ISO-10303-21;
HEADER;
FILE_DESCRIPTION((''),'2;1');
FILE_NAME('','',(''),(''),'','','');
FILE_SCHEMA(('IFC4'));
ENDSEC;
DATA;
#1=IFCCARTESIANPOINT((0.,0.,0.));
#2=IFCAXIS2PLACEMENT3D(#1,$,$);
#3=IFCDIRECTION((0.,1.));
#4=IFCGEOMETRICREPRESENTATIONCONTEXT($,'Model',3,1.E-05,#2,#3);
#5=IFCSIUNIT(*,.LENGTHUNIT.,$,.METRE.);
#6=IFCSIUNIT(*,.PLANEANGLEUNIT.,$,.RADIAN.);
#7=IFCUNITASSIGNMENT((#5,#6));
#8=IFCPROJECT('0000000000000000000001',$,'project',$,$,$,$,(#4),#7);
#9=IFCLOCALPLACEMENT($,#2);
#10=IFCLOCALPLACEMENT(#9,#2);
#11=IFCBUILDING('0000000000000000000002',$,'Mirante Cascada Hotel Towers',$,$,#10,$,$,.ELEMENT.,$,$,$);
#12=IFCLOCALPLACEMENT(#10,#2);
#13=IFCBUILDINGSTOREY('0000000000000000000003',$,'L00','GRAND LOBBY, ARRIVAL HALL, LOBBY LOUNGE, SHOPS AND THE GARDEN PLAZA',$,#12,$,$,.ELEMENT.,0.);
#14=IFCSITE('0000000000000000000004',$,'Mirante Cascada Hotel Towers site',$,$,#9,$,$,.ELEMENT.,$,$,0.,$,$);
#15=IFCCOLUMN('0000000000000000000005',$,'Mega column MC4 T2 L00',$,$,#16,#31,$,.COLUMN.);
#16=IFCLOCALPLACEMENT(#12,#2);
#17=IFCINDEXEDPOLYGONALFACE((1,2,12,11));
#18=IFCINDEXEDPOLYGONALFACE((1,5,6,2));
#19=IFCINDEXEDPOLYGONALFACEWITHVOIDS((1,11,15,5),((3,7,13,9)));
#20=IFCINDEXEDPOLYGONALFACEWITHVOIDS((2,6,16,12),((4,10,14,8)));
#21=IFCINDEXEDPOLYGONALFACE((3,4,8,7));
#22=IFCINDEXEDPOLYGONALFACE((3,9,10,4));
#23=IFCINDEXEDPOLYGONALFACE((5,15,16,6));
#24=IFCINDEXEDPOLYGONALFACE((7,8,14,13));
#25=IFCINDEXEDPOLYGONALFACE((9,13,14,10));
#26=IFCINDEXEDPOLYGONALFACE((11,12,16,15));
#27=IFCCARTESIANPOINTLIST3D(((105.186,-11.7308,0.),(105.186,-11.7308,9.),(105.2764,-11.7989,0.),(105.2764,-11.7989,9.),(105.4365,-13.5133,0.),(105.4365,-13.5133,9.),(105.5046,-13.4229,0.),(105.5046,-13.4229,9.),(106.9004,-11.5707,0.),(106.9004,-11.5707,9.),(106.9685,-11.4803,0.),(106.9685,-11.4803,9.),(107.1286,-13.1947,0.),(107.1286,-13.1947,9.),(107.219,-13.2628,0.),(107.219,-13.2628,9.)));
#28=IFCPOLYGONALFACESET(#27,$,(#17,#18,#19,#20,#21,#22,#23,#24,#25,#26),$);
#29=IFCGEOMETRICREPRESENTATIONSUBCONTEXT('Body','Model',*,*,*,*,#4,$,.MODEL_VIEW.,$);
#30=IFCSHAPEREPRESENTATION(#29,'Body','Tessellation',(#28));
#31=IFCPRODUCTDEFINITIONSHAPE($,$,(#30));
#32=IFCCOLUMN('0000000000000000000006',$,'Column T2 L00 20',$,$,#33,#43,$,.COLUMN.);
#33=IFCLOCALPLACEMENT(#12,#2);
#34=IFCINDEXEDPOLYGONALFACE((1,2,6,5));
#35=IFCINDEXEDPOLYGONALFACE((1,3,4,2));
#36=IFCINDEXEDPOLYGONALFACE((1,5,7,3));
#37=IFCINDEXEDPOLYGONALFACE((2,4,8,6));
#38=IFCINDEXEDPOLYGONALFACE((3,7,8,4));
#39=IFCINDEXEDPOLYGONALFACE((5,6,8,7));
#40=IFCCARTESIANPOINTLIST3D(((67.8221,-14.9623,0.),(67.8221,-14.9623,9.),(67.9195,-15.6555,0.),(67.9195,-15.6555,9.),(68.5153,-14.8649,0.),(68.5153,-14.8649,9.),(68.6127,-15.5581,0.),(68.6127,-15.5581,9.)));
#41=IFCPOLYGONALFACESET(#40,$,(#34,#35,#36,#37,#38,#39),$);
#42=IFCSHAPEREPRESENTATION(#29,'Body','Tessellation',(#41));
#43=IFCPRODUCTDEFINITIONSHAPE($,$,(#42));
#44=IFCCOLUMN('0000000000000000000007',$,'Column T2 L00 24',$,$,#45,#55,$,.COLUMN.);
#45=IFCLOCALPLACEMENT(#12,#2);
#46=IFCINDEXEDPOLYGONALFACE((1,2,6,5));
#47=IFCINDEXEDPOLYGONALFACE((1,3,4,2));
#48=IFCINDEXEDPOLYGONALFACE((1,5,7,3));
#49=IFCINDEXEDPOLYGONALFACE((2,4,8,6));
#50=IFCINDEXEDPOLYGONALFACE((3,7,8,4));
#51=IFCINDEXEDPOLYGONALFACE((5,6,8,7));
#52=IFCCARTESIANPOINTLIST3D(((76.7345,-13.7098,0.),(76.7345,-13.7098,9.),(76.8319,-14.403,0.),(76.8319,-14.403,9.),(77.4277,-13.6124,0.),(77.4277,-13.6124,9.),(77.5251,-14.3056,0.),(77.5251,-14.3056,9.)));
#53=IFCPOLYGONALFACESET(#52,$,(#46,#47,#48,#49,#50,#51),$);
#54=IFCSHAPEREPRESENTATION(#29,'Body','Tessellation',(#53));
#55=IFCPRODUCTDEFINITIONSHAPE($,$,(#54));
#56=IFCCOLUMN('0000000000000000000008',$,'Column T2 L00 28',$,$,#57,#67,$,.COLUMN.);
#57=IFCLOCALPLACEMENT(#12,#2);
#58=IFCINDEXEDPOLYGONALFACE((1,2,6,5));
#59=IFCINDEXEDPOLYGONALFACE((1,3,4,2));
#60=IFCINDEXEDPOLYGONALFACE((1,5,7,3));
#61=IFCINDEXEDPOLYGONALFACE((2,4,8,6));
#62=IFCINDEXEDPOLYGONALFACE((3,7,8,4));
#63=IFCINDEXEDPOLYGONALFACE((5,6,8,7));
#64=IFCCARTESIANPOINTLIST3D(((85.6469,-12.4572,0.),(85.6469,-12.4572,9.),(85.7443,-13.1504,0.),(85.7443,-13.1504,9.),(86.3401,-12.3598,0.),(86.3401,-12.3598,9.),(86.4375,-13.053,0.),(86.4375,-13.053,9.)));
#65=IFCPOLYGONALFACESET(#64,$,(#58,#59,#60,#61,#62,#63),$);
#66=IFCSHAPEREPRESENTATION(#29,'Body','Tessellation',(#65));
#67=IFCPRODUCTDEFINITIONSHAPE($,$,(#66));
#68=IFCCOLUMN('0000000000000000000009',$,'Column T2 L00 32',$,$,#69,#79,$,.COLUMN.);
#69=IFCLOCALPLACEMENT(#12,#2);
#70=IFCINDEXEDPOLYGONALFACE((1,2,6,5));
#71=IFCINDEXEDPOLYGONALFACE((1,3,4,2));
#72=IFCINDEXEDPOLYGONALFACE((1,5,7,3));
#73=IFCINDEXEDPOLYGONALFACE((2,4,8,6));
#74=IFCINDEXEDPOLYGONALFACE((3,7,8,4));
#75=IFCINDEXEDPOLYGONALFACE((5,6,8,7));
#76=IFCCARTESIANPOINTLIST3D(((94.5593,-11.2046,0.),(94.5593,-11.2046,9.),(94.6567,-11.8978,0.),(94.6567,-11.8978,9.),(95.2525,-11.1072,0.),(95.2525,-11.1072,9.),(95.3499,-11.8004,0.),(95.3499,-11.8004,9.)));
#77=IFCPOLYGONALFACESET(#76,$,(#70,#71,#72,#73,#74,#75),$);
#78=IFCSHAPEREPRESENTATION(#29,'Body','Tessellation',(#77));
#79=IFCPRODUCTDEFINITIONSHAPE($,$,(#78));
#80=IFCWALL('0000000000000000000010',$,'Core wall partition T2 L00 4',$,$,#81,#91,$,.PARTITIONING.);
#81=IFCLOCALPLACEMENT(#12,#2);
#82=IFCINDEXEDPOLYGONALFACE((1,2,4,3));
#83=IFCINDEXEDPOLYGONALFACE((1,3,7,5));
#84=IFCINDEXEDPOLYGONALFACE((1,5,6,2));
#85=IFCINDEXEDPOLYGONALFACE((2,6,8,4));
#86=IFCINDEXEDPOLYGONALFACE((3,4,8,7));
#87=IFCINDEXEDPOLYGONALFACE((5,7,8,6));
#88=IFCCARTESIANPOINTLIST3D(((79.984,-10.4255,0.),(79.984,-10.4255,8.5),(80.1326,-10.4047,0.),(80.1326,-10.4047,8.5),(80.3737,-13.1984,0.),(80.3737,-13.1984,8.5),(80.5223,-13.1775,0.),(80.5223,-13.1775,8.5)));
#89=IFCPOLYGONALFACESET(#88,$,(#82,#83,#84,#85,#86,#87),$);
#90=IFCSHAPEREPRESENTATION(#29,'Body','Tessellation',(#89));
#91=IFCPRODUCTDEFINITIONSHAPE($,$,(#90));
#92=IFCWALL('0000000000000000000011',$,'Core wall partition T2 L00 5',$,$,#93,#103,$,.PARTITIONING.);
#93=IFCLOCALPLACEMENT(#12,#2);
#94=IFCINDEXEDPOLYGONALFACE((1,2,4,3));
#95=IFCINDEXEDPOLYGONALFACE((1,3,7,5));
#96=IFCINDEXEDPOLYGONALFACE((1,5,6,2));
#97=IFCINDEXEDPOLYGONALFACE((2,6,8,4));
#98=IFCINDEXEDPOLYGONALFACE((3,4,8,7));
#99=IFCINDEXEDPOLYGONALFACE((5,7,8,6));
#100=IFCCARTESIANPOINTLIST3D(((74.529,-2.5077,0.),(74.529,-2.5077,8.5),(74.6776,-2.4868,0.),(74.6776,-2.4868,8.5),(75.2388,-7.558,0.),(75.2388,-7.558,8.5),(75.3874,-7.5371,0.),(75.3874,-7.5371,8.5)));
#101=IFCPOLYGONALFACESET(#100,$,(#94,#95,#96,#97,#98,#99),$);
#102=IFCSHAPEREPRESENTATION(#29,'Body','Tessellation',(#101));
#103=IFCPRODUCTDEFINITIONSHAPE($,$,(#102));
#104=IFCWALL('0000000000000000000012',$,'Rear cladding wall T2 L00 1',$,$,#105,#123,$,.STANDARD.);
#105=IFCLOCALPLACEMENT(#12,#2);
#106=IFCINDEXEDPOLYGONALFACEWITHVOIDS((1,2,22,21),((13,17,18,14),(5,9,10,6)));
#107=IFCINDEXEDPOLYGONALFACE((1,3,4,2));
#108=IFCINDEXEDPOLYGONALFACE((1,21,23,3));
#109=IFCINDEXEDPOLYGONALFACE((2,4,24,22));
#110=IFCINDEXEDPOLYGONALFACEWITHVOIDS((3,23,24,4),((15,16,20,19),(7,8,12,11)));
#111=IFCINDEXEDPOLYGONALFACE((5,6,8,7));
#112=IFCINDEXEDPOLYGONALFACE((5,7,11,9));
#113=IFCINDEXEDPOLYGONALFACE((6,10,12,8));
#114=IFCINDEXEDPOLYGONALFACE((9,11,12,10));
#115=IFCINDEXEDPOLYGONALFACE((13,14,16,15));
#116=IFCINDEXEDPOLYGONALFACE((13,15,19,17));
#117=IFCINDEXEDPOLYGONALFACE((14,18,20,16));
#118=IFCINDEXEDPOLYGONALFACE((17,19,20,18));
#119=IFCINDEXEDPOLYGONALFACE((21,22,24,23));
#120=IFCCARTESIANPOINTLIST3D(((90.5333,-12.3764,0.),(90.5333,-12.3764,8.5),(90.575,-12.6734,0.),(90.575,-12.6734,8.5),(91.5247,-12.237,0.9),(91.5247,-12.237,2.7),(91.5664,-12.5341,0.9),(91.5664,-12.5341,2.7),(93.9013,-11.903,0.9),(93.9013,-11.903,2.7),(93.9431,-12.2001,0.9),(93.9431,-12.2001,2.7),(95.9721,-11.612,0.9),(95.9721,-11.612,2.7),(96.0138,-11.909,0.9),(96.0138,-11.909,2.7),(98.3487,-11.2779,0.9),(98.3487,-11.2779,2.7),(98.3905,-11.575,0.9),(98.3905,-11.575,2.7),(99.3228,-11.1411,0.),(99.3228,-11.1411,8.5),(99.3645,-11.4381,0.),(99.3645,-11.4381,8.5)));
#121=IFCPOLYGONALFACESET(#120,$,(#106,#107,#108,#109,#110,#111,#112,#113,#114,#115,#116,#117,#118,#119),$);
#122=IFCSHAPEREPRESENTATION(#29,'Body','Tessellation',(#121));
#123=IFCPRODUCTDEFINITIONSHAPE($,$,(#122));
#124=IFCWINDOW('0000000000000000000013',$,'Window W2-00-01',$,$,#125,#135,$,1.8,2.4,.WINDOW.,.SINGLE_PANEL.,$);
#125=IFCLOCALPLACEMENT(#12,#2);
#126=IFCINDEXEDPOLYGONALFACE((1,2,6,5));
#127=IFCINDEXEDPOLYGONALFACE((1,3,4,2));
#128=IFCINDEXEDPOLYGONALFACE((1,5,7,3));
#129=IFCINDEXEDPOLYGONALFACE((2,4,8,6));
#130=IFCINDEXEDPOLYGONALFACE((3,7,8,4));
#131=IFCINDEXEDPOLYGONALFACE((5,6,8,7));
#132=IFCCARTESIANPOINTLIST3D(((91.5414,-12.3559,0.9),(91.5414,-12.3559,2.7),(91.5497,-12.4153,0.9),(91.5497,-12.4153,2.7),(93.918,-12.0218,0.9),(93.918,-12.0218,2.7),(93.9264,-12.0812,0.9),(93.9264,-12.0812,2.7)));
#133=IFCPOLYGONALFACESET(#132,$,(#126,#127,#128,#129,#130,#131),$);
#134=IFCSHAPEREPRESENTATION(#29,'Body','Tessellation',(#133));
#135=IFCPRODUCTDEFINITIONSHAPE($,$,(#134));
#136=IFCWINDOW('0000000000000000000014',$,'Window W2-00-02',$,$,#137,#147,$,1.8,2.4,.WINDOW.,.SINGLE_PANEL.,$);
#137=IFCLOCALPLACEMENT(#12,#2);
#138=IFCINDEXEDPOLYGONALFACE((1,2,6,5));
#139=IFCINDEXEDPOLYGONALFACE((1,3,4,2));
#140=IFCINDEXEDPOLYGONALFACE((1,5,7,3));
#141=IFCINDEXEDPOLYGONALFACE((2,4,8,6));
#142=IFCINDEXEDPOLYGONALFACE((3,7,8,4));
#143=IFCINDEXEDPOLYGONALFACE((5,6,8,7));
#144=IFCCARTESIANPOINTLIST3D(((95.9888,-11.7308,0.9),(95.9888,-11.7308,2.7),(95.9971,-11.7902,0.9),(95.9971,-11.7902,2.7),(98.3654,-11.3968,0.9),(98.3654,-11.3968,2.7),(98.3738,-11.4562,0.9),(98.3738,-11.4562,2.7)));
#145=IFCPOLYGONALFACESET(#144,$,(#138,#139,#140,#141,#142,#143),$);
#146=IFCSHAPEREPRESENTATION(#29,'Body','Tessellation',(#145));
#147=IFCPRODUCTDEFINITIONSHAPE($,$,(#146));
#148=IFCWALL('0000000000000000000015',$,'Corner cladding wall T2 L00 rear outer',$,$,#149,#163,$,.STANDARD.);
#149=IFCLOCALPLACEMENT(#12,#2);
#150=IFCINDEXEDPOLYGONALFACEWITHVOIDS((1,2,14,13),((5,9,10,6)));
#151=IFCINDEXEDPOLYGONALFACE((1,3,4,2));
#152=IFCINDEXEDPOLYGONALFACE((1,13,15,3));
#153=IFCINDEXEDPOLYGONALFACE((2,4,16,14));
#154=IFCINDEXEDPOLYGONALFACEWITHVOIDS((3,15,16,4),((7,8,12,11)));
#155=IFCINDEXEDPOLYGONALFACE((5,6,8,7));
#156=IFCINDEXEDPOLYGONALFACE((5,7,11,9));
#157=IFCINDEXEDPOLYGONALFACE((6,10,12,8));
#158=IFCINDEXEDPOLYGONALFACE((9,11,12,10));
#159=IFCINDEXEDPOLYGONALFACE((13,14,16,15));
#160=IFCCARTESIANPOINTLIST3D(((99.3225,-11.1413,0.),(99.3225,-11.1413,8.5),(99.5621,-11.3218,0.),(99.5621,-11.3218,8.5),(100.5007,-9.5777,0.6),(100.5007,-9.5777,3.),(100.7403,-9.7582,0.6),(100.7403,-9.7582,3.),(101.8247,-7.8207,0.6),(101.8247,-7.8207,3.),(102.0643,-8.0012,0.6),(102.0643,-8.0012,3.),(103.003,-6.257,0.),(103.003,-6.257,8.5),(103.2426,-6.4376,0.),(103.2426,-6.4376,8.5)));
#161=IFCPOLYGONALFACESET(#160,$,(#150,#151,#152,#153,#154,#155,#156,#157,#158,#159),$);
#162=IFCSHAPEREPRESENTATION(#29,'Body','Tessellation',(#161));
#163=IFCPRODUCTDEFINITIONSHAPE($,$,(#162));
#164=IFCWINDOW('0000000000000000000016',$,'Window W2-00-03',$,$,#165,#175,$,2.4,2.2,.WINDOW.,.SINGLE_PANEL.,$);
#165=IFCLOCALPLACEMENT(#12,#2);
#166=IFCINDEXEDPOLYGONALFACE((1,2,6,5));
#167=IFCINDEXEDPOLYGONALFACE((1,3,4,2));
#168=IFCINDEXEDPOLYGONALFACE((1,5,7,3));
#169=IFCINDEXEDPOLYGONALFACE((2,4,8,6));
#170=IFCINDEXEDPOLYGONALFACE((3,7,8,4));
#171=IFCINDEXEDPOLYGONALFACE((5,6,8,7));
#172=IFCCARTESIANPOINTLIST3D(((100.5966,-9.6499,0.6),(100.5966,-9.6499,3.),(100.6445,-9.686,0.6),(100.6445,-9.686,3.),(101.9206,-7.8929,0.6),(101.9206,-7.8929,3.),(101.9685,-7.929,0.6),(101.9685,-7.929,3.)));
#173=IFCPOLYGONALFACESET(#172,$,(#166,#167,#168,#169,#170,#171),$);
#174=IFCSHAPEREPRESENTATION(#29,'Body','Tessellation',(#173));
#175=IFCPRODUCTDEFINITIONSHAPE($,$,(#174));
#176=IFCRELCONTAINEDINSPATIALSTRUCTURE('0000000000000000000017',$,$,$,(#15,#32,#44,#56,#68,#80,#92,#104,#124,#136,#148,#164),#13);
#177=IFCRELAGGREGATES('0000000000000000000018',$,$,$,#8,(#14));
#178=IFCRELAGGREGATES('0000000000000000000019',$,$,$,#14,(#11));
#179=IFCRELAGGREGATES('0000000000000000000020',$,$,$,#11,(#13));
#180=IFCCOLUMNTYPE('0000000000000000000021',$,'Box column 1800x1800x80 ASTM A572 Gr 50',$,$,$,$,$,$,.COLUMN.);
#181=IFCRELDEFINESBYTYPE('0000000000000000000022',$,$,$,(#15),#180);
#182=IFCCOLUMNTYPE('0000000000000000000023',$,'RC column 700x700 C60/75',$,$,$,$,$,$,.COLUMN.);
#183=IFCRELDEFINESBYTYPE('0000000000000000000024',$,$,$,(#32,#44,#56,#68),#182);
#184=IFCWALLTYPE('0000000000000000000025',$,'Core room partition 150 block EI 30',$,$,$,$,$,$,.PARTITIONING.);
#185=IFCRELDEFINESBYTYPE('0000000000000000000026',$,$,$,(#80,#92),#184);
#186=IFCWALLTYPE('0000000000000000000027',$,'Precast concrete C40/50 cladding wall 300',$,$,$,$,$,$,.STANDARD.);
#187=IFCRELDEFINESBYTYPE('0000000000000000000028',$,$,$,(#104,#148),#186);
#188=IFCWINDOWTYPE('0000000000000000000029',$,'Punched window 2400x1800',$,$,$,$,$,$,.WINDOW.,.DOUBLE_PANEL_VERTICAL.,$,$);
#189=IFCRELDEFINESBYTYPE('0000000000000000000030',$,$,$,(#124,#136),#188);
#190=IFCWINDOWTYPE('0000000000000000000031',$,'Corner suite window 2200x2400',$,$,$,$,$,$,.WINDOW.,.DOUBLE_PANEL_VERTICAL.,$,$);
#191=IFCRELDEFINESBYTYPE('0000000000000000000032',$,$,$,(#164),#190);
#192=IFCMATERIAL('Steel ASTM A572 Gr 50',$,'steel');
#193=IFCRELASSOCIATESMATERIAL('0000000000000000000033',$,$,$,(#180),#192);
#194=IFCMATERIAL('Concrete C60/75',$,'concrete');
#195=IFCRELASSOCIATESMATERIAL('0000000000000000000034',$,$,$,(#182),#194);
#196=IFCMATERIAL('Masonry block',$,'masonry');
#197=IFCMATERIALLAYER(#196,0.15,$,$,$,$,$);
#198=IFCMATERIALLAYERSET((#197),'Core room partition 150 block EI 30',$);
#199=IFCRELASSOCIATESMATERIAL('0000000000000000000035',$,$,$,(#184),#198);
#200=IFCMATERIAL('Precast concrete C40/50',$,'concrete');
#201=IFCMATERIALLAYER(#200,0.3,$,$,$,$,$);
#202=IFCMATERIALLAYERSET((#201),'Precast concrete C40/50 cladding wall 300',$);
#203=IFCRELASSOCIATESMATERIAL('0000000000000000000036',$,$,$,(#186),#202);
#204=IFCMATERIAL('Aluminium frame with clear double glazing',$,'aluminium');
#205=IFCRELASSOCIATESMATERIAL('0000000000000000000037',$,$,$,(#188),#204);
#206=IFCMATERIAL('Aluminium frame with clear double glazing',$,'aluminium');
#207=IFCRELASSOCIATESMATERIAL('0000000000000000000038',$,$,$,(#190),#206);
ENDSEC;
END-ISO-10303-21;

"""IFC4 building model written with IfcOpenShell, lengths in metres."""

from ifc_helpers import new_model, si_unit, direction, frame, frame_2d, origin, origin_2d, place, context, subcontext, project, spatial, rectangle, hollow_rectangle, extrude, material, layer, layer_set, material_profile, profile_set, type_object, element, fill, save


model = new_model("IFC4")

# Units and contexts
model_context = context("Model", 3, precision=1e-05, world=origin(), true_north=direction((0.0, 1.0)))
body_context = subcontext(model_context, "Body", "Model", "MODEL_VIEW")
ifc_project = project(units=[si_unit("LENGTHUNIT", "METRE"), si_unit("PLANEANGLEUNIT", "RADIAN")], contexts=[model_context])

# Site, building, storey
site_placement = place(None, origin())
site = spatial("IfcSite", under=ifc_project, at=site_placement, Name="Mirante Cascada Hotel Towers site", CompositionType="ELEMENT", RefElevation=0.0)
building_placement = place(site_placement, origin())
building = spatial("IfcBuilding", under=site, at=building_placement, Name="Mirante Cascada Hotel Towers", CompositionType="ELEMENT")
storey_placement = place(building_placement, origin())
storey = spatial("IfcBuildingStorey", under=building, at=storey_placement, Name="L00", Description="GRAND LOBBY, ARRIVAL HALL, LOBBY LOUNGE, SHOPS AND THE GARDEN PLAZA", CompositionType="ELEMENT", Elevation=0.0)

# Columns
ifc_material_1 = material(Name="Steel ASTM A572 Gr 50", Category="steel")
ifc_material_profile_1 = material_profile(ifc_material_1, hollow_rectangle(XDim=1.8, YDim=1.8, WallThickness=0.08, at=origin_2d()), Name="Box column 1800x1800x80 ASTM A572 Gr 50")
ifc_profile_set_1 = profile_set([ifc_material_profile_1], Name="Steel ASTM A572 Gr 50")
column_type_1 = type_object("IfcColumnType", Name="Box column 1800x1800x80 ASTM A572 Gr 50", PredefinedType="COLUMN", material=ifc_profile_set_1)
column_placement = place(storey_placement, frame((106.2025, -12.4968, 0.0), z_axis=(0.0, 0.0, 1.0), x_axis=(0.990268, 0.139173, 0.0)))
element("IfcColumn", 1, at=column_placement, inside=storey, type_object=column_type_1, Name="Mega column MC4 T2 L00", PredefinedType="COLUMN", context=body_context, shape_type="SweptSolid", body=[
    extrude(hollow_rectangle(XDim=1.8, YDim=1.8, WallThickness=0.08, at=origin_2d()), origin(), (0.0, 0.0, 1.0), 9.0),
])
ifc_material_2 = material(Name="Concrete C60/75", Category="concrete")
ifc_material_profile_2 = material_profile(ifc_material_2, rectangle(XDim=0.7, YDim=0.7, at=origin_2d()), Name="RC column 700x700 C60/75")
ifc_profile_set_2 = profile_set([ifc_material_profile_2], Name="Concrete C60/75")
column_type_2 = type_object("IfcColumnType", Name="RC column 700x700 C60/75", PredefinedType="COLUMN", material=ifc_profile_set_2)
for number, where, z_axis, x_axis, name in (
    (2, (68.2174, -15.2602, 0.0), (0.0, 0.0, 1.0), (0.990268, 0.139173, 0.0), "Column T2 L00 20"),
    (3, (77.1298, -14.0077, 0.0), (0.0, 0.0, 1.0), (0.990268, 0.139173, 0.0), "Column T2 L00 24"),
    (4, (86.0422, -12.7551, 0.0), (0.0, 0.0, 1.0), (0.990268, 0.139173, 0.0), "Column T2 L00 28"),
    (5, (94.9546, -11.5025, 0.0), (0.0, 0.0, 1.0), (0.990268, 0.139173, 0.0), "Column T2 L00 32"),
):
    element("IfcColumn", number, at=place(storey_placement, frame(where, z_axis=z_axis, x_axis=x_axis)), inside=storey, type_object=column_type_2, Name=name, PredefinedType="COLUMN", context=body_context, shape_type="SweptSolid", body=[
        extrude(rectangle(XDim=0.7, YDim=0.7, at=origin_2d()), origin(), (0.0, 0.0, 1.0), 9.0),
    ])

# Walls
ifc_material_3 = material(Name="Masonry block", Category="masonry")
ifc_layer_1 = layer(ifc_material_3, 0.15)
ifc_layer_set_1 = layer_set([ifc_layer_1], Name="Core room partition 150 block EI 30")
wall_type_1 = type_object("IfcWallType", Name="Core room partition 150 block EI 30", PredefinedType="PARTITIONING", material=ifc_layer_set_1)
wall_1_placement = place(storey_placement, frame((80.448, -13.1879, 0.0), z_axis=(0.0, 0.0, 1.0), x_axis=(-0.139176, 0.990268, 0.0)))
element("IfcWall", 6, at=wall_1_placement, inside=storey, type_object=wall_type_1, Name="Core wall partition T2 L00 4", PredefinedType="PARTITIONING", context=body_context, shape_type="SweptSolid", body=[
    extrude(rectangle(XDim=2.8001, YDim=0.15, at=frame_2d((1.4, 0.0))), origin(), (0.0, 0.0, 1.0), 8.5),
])
wall_2_placement = place(storey_placement, frame((75.3131, -7.5476, 0.0), z_axis=(0.0, 0.0, 1.0), x_axis=(-0.139178, 0.990267, 0.0)))
element("IfcWall", 7, at=wall_2_placement, inside=storey, type_object=wall_type_1, Name="Core wall partition T2 L00 5", PredefinedType="PARTITIONING", context=body_context, shape_type="SweptSolid", body=[
    extrude(rectangle(XDim=5.0999, YDim=0.15, at=frame_2d((2.55, 0.0))), origin(), (0.0, 0.0, 1.0), 8.5),
])

# Wall, openings, windows
ifc_material_4 = material(Name="Precast concrete C40/50", Category="concrete")
ifc_layer_2 = layer(ifc_material_4, 0.3)
ifc_layer_set_2 = layer_set([ifc_layer_2], Name="Precast concrete C40/50 cladding wall 300")
wall_type_2 = type_object("IfcWallType", Name="Precast concrete C40/50 cladding wall 300", PredefinedType="STANDARD", material=ifc_layer_set_2)
wall_3_placement = place(storey_placement, frame((90.5541, -12.5249, 0.0), z_axis=(0.0, 0.0, 1.0), x_axis=(0.990268, 0.139175, 0.0)))
wall_3 = element("IfcWall", 8, at=wall_3_placement, inside=storey, type_object=wall_type_2, Name="Rear cladding wall T2 L00 1", PredefinedType="STANDARD", context=body_context, shape_type="SweptSolid", body=[
    extrude(rectangle(XDim=8.8759, YDim=0.3, at=frame_2d((4.438, 0.0))), origin(), (0.0, 0.0, 1.0), 8.5),
])
opening_1_placement = place(wall_3_placement, frame((1.0012, 0.0, 0.9)))
opening_1 = element("IfcOpeningElement", 9, at=opening_1_placement, cuts=wall_3, PredefinedType="OPENING", context=body_context, shape_type="SweptSolid", body=[
    extrude(rectangle(XDim=2.4, YDim=1.8, at=frame_2d((1.2, 0.9))), frame((0.0, 0.15, 0.0), z_axis=(0.0, -1.0, 0.0), x_axis=(1.0, 0.0, 0.0)), (0.0, 0.0, 1.0), 0.3),
])
opening_2_placement = place(wall_3_placement, frame((5.4923, 0.0, 0.9)))
opening_2 = element("IfcOpeningElement", 10, at=opening_2_placement, cuts=wall_3, PredefinedType="OPENING", context=body_context, shape_type="SweptSolid", body=[
    extrude(rectangle(XDim=2.4, YDim=1.8, at=frame_2d((1.2, 0.9))), frame((0.0, 0.15, 0.0), z_axis=(0.0, -1.0, 0.0), x_axis=(1.0, 0.0, 0.0)), (0.0, 0.0, 1.0), 0.3),
])
ifc_material_5 = material(Name="Aluminium frame with clear double glazing", Category="aluminium")
window_type_1 = type_object("IfcWindowType", Name="Punched window 2400x1800", PartitioningType="DOUBLE_PANEL_VERTICAL", PredefinedType="WINDOW", material=ifc_material_5)
window_1_placement = place(opening_1_placement, origin())
window_1 = element("IfcWindow", 11, at=window_1_placement, inside=storey, type_object=window_type_1, Name="Window W2-00-01", OverallHeight=1.8, OverallWidth=2.4, PartitioningType="SINGLE_PANEL", PredefinedType="WINDOW", context=body_context, shape_type="SweptSolid", body=[
    extrude(rectangle(XDim=2.4, YDim=1.8, at=frame_2d((1.2, 0.9))), frame((0.0, 0.03, 0.0), z_axis=(0.0, -1.0, 0.0), x_axis=(1.0, 0.0, 0.0)), (0.0, 0.0, 1.0), 0.06),
])
fill(opening_1, window_1)
window_2_placement = place(opening_2_placement, origin())
window_2 = element("IfcWindow", 12, at=window_2_placement, inside=storey, type_object=window_type_1, Name="Window W2-00-02", OverallHeight=1.8, OverallWidth=2.4, PartitioningType="SINGLE_PANEL", PredefinedType="WINDOW", context=body_context, shape_type="SweptSolid", body=[
    extrude(rectangle(XDim=2.4, YDim=1.8, at=frame_2d((1.2, 0.9))), frame((0.0, 0.03, 0.0), z_axis=(0.0, -1.0, 0.0), x_axis=(1.0, 0.0, 0.0)), (0.0, 0.0, 1.0), 0.06),
])
fill(opening_2, window_2)

# Wall, opening, window
wall_4_placement = place(storey_placement, frame((99.4423, -11.2315, 0.0), z_axis=(0.0, 0.0, 1.0), x_axis=(0.601814, 0.798636, 0.0)))
wall_4 = element("IfcWall", 13, at=wall_4_placement, inside=storey, type_object=wall_type_2, Name="Corner cladding wall T2 L00 rear outer", PredefinedType="STANDARD", context=body_context, shape_type="SweptSolid", body=[
    extrude(rectangle(XDim=6.1157, YDim=0.3, at=frame_2d((3.0578, 0.0))), origin(), (0.0, 0.0, 1.0), 8.5),
])
opening_3_placement = place(wall_4_placement, frame((1.9578, 0.0, 0.6)))
opening_3 = element("IfcOpeningElement", 14, at=opening_3_placement, cuts=wall_4, PredefinedType="OPENING", context=body_context, shape_type="SweptSolid", body=[
    extrude(rectangle(XDim=2.2, YDim=2.4, at=frame_2d((1.1, 1.2))), frame((0.0, 0.15, 0.0), z_axis=(0.0, -1.0, 0.0), x_axis=(1.0, 0.0, 0.0)), (0.0, 0.0, 1.0), 0.3),
])
ifc_material_6 = material(Name="Aluminium frame with clear double glazing", Category="aluminium")
window_type_2 = type_object("IfcWindowType", Name="Corner suite window 2200x2400", PartitioningType="DOUBLE_PANEL_VERTICAL", PredefinedType="WINDOW", material=ifc_material_6)
window_3_placement = place(opening_3_placement, origin())
window_3 = element("IfcWindow", 15, at=window_3_placement, inside=storey, type_object=window_type_2, Name="Window W2-00-03", OverallHeight=2.4, OverallWidth=2.2, PartitioningType="SINGLE_PANEL", PredefinedType="WINDOW", context=body_context, shape_type="SweptSolid", body=[
    extrude(rectangle(XDim=2.2, YDim=2.4, at=frame_2d((1.1, 1.2))), frame((0.0, 0.03, 0.0), z_axis=(0.0, -1.0, 0.0), x_axis=(1.0, 0.0, 0.0)), (0.0, 0.0, 1.0), 0.06),
])
fill(opening_3, window_3)

save(model, "model.ifc")
